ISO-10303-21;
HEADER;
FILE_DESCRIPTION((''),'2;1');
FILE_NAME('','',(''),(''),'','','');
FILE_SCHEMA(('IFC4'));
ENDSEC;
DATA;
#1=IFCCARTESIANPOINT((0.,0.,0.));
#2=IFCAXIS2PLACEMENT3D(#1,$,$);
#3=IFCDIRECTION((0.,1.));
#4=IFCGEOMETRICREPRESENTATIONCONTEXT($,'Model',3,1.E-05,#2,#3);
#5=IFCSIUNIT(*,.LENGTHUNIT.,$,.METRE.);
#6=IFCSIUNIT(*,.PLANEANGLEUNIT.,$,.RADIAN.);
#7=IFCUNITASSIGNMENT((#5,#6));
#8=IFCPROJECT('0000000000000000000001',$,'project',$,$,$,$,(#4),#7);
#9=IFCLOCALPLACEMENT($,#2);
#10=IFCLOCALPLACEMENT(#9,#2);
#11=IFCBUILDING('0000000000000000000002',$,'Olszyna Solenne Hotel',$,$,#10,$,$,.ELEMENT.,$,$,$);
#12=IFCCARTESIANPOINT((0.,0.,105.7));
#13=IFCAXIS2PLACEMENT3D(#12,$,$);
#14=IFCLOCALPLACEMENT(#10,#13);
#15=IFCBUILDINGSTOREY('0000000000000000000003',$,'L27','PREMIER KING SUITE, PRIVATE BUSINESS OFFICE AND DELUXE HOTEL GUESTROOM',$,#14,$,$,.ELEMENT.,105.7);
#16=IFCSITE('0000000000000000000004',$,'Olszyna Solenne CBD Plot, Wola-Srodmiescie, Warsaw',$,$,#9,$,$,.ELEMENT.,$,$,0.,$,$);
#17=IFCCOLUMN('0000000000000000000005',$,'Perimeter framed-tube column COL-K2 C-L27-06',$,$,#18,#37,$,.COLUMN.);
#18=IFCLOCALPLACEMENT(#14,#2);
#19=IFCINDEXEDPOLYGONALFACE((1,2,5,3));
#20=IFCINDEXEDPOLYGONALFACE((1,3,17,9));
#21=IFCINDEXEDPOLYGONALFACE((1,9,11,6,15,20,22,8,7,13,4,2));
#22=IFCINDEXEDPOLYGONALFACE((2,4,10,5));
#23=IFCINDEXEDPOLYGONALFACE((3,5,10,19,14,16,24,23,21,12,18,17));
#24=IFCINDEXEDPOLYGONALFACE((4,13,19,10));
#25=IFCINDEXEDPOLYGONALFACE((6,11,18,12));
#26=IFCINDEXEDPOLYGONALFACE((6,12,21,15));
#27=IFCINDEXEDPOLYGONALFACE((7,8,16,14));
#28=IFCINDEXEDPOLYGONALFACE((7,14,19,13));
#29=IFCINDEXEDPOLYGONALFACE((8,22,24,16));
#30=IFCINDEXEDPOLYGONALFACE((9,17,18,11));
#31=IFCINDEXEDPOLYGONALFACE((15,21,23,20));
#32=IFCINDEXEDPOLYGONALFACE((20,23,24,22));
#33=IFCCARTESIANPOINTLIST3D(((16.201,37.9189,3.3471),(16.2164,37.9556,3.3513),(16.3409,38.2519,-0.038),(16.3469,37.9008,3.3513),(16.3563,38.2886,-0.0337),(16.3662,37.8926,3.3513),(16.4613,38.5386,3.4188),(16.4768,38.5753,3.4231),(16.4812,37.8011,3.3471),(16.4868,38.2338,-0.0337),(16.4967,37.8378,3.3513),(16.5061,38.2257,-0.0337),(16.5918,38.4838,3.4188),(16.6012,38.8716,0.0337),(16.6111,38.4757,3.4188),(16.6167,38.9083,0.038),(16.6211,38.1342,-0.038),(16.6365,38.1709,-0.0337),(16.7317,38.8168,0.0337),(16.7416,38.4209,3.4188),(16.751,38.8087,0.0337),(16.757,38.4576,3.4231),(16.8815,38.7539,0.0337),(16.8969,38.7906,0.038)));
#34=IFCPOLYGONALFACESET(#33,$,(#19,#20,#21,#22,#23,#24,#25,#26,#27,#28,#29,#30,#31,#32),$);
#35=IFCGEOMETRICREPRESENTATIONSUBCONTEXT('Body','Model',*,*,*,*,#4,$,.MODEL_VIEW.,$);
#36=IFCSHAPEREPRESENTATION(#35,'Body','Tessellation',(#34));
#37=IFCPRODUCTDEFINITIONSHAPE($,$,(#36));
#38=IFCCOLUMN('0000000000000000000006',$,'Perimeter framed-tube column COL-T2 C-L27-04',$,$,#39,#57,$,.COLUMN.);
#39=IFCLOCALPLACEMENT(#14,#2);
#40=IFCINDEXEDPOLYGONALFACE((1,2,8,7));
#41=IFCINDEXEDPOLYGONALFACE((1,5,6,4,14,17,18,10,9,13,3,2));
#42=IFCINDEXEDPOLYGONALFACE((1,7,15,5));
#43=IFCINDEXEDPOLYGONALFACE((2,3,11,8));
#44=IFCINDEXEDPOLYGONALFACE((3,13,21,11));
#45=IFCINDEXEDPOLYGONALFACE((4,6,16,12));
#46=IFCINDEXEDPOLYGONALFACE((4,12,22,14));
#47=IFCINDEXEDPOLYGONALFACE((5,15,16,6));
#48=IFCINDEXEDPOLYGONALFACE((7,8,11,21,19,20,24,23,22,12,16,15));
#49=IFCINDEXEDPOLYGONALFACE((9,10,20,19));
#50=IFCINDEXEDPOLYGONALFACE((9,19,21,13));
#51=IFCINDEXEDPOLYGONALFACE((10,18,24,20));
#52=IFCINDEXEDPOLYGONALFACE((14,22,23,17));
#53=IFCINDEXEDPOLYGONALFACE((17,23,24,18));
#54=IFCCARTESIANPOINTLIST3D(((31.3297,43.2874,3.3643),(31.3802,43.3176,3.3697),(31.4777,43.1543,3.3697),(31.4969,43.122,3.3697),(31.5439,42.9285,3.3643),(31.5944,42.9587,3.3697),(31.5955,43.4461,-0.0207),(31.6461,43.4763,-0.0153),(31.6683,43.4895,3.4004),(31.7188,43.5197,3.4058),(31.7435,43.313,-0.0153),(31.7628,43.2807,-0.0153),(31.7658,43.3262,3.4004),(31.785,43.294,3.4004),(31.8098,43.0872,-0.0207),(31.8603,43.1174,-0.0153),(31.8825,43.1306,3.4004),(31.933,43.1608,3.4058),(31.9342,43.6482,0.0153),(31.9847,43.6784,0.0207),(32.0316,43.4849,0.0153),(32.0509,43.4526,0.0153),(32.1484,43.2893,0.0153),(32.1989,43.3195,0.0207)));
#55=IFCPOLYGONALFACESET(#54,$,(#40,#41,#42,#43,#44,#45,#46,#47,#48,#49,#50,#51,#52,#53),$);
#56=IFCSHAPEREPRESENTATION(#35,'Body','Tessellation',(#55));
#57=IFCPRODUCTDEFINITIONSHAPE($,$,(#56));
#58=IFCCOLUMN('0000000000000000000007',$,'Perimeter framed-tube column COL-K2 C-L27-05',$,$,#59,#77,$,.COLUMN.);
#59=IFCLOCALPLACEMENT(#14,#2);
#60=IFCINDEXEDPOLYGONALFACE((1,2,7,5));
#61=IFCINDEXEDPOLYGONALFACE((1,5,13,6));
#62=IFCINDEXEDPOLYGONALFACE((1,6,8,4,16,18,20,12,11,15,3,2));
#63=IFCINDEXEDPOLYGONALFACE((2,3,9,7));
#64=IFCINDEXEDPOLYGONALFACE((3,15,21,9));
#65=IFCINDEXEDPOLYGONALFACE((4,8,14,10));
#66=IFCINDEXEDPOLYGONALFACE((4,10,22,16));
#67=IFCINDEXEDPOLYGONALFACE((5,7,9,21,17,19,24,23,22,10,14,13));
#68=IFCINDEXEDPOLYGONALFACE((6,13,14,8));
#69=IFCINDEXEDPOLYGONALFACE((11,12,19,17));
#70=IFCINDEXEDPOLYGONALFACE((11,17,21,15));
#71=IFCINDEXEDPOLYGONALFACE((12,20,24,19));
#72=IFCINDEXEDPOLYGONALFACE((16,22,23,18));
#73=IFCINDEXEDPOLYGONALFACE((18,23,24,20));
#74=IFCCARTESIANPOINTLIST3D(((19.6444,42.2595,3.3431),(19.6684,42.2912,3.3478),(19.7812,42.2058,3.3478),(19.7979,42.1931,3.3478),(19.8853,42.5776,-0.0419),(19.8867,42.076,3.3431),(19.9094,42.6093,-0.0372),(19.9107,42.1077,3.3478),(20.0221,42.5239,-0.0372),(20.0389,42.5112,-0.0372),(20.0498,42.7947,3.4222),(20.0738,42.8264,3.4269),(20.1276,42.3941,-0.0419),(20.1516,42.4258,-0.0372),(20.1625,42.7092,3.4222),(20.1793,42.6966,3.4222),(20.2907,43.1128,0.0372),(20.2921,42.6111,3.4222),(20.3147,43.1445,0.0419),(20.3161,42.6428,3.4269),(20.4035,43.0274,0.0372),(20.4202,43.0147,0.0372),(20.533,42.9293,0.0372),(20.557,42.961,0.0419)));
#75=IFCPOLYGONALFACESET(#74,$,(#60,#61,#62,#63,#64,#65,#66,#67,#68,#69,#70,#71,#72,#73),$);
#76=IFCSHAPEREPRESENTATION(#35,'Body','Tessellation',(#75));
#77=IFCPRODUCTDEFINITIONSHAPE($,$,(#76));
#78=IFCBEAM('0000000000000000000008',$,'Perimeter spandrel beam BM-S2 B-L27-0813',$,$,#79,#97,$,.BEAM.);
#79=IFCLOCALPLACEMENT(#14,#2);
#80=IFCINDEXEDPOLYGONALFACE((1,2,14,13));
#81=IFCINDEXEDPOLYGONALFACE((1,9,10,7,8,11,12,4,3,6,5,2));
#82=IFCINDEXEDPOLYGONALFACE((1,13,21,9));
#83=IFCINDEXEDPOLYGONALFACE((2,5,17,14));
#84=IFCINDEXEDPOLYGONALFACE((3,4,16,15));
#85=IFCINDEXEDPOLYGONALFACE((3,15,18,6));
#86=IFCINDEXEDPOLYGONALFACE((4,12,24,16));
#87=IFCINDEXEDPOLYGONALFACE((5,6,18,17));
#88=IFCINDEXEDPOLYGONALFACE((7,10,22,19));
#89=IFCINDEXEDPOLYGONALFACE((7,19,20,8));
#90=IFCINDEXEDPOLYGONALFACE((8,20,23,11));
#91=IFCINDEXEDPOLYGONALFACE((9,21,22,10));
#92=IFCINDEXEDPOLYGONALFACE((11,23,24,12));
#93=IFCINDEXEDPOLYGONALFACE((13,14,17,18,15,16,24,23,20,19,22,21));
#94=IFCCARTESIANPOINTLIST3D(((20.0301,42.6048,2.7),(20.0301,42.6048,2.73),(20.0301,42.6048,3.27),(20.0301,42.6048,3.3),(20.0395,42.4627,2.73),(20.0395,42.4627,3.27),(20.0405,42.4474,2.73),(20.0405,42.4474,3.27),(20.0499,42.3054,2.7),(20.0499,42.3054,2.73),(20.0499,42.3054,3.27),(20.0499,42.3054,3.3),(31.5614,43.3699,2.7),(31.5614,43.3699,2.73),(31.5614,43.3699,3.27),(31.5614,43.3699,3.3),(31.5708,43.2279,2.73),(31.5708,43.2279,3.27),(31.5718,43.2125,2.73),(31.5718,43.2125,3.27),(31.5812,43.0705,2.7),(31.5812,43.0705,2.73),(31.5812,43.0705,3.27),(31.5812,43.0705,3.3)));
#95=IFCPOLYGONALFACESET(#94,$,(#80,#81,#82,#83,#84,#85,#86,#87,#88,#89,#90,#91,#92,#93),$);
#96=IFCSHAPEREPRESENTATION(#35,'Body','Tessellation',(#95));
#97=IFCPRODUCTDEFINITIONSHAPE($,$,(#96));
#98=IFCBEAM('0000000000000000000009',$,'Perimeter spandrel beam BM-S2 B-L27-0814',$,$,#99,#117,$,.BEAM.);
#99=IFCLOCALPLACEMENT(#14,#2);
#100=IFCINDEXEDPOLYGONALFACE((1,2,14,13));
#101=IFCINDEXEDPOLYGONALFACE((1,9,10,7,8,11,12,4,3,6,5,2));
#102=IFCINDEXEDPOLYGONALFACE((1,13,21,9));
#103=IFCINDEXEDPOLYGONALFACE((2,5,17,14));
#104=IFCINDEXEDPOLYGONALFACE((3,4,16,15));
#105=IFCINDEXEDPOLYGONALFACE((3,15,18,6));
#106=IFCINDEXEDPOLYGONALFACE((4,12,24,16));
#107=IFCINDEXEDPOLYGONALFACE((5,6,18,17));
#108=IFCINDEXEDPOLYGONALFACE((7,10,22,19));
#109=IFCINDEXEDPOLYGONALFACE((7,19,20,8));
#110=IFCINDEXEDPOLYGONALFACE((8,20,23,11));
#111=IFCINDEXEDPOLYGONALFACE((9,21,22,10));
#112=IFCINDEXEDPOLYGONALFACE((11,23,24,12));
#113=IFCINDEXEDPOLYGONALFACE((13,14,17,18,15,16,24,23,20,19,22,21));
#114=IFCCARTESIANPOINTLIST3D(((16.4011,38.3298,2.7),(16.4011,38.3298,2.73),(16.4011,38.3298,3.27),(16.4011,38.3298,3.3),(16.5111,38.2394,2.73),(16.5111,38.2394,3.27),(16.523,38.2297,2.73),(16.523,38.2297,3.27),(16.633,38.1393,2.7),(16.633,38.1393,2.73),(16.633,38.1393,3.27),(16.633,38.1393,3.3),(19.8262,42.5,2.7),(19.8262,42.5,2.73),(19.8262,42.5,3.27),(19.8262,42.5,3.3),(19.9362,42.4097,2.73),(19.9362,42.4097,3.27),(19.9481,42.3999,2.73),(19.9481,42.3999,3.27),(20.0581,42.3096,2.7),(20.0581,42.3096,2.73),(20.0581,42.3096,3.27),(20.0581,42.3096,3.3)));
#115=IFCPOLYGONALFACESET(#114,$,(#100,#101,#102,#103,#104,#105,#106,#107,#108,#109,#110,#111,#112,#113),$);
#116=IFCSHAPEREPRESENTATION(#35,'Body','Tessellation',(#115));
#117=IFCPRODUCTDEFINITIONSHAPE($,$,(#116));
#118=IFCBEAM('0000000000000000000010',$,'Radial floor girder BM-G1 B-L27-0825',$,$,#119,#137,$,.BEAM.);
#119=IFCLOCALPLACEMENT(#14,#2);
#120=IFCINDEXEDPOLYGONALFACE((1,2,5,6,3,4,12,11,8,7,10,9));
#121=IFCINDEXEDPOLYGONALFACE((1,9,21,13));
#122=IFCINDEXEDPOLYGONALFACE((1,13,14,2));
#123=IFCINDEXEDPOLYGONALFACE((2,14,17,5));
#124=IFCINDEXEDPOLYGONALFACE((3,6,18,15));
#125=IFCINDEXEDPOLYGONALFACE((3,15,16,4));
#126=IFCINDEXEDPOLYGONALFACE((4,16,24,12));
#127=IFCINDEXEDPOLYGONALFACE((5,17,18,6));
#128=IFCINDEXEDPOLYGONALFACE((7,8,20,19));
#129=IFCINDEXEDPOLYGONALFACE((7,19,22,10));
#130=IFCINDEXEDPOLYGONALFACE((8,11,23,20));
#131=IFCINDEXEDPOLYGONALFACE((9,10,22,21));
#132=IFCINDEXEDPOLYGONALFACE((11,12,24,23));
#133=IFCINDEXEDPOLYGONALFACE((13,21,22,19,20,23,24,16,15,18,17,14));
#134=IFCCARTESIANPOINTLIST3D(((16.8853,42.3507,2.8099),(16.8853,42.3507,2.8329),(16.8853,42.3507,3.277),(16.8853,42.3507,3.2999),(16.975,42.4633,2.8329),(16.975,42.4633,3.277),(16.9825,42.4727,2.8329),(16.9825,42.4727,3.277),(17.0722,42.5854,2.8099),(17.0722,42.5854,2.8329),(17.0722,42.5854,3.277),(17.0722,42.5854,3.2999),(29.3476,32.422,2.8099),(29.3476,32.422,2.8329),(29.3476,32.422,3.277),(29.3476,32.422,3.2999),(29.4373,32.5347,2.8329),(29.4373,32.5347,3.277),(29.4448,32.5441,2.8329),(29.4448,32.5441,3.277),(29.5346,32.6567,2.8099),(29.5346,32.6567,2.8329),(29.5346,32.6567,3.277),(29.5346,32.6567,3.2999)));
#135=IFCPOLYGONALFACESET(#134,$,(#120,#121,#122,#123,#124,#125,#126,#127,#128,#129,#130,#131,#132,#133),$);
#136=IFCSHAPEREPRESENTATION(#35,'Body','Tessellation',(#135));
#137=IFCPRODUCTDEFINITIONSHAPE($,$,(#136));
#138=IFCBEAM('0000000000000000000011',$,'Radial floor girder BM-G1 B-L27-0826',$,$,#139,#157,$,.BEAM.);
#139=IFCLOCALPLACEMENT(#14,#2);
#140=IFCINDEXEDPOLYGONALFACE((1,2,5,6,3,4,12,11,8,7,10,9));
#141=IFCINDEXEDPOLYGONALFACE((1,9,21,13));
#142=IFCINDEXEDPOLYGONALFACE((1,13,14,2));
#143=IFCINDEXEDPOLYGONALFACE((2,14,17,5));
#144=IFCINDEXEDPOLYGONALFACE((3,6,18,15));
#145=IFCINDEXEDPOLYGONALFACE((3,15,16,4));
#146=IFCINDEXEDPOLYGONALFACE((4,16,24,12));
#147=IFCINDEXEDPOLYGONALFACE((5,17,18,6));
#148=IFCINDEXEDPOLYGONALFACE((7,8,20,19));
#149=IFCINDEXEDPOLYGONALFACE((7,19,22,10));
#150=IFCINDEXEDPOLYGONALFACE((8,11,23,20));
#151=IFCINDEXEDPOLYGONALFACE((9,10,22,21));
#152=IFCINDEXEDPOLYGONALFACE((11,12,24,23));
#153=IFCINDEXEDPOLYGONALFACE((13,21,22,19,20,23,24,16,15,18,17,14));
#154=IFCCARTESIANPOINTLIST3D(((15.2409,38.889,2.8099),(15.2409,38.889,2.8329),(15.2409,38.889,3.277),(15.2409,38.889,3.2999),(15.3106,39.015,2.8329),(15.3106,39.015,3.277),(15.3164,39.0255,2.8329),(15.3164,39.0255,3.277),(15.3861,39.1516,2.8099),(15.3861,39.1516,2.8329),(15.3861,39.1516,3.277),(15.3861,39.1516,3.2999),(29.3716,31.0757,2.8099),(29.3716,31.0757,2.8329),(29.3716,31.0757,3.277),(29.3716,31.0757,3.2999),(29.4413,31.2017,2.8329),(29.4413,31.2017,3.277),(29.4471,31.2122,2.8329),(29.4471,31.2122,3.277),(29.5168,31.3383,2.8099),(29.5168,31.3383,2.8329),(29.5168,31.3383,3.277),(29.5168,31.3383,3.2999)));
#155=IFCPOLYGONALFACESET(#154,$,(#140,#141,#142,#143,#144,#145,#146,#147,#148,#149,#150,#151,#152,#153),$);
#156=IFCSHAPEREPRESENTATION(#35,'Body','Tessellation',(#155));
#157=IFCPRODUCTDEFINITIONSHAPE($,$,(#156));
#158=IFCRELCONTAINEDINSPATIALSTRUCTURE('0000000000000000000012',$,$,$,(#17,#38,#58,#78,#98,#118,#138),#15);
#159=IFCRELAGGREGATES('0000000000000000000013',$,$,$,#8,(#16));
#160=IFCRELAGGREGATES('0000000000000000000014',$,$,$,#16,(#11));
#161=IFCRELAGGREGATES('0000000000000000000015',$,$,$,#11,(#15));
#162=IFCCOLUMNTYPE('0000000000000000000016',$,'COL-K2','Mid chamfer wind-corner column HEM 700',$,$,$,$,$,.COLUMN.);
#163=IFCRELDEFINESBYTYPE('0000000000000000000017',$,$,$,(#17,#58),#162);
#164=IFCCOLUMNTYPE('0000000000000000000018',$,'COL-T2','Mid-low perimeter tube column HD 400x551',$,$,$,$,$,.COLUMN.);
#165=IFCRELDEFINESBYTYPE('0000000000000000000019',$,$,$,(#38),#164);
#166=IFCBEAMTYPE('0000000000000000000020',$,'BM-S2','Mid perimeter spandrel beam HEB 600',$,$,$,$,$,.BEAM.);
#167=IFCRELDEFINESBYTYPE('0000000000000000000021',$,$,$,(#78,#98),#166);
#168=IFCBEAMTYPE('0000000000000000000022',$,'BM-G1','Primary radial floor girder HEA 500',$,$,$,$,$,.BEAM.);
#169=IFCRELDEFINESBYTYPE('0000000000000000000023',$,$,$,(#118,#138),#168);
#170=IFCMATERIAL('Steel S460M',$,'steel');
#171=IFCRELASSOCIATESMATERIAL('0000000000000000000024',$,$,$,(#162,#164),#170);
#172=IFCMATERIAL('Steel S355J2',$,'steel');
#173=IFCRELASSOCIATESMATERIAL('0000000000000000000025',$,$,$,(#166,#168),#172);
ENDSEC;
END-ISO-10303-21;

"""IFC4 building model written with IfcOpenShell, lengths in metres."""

from ifc_helpers import new_model, si_unit, direction, frame, origin, origin_2d, place, context, subcontext, project, spatial, i_section, extrude, source, transform, mapped, material, material_profile, profile_set, type_object, element, save


model = new_model("IFC4")

# Units and contexts
model_context = context("Model", 3, precision=1e-05, world=origin(), true_north=direction((0.0, 1.0)))
body_context = subcontext(model_context, "Body", "Model", "MODEL_VIEW")
ifc_project = project(units=[si_unit("LENGTHUNIT", "METRE"), si_unit("PLANEANGLEUNIT", "RADIAN")], contexts=[model_context])

# Site, building, storey
site_placement = place(None, origin())
site = spatial("IfcSite", under=ifc_project, at=site_placement, Name="Olszyna Solenne CBD Plot, Wola-Srodmiescie, Warsaw", CompositionType="ELEMENT", RefElevation=0.0)
building_placement = place(site_placement, origin())
building = spatial("IfcBuilding", under=site, at=building_placement, Name="Olszyna Solenne Hotel", CompositionType="ELEMENT")
storey_placement = place(building_placement, frame((0.0, 0.0, 105.7)))
storey = spatial("IfcBuildingStorey", under=building, at=storey_placement, Name="L27", Description="PREMIER KING SUITE, PRIVATE BUSINESS OFFICE AND DELUXE HOTEL GUESTROOM", CompositionType="ELEMENT", Elevation=105.7)

# Columns
ifc_material_1 = material(Name="Steel S460M", Category="steel")
ifc_material_profile_1 = material_profile(ifc_material_1, i_section(OverallWidth=0.304, OverallDepth=0.7161, WebThickness=0.021, FlangeThickness=0.04, at=origin_2d()), Name="HEM 700", Category="load-bearing")
ifc_profile_set_1 = profile_set([ifc_material_profile_1], Name="Steel S460M")
column_type_1 = type_object("IfcColumnType", Name="COL-K2", Description="Mid chamfer wind-corner column HEM 700", PredefinedType="COLUMN", material=ifc_profile_set_1)
shared_shape_1 = source(origin(), body_context, "Body", "SweptSolid", [
    extrude(i_section(OverallWidth=0.304, OverallDepth=0.7161, WebThickness=0.021, FlangeThickness=0.04, at=origin_2d()), origin(), (0.0, 0.0, 1.0), 3.4043),
])
column_1_placement = place(storey_placement, frame((16.6189, 38.5212, 0.0), z_axis=(-0.041094, -0.097822, 0.994355), x_axis=(0.921953, -0.387301, 0.0)))
element("IfcColumn", 1, at=column_1_placement, inside=storey, type_object=column_type_1, Name="Perimeter framed-tube column COL-K2 C-L27-06", PredefinedType="COLUMN", context=body_context, shape_type="MappedRepresentation", body=[
    mapped(shared_shape_1, transform((0.0, 0.0, 0.0), x_axis=(1.0, 0.0, 0.0), y_axis=(0.0, 1.0, 0.0), z_axis=(0.0, 0.0, 1.0), scale=1.0)),
])
ifc_material_profile_2 = material_profile(ifc_material_1, i_section(OverallWidth=0.418, OverallDepth=0.4551, WebThickness=0.0376, FlangeThickness=0.0591, at=origin_2d()), Name="HD 400x551", Category="load-bearing")
ifc_profile_set_2 = profile_set([ifc_material_profile_2], Name="Steel S460M")
column_type_2 = type_object("IfcColumnType", Name="COL-T2", Description="Mid-low perimeter tube column HD 400x551", PredefinedType="COLUMN", material=ifc_profile_set_2)
shared_shape_2 = source(origin(), body_context, "Body", "SweptSolid", [
    extrude(i_section(OverallWidth=0.418, OverallDepth=0.4551, WebThickness=0.0376, FlangeThickness=0.0591, at=origin_2d()), origin(), (0.0, 0.0, 1.0), 3.3992),
])
column_2_placement = place(storey_placement, frame((31.8972, 43.3828, 0.0), z_axis=(-0.078217, -0.046686, 0.995843), x_axis=(0.512523, -0.858673, 0.0)))
element("IfcColumn", 2, at=column_2_placement, inside=storey, type_object=column_type_2, Name="Perimeter framed-tube column COL-T2 C-L27-04", PredefinedType="COLUMN", context=body_context, shape_type="MappedRepresentation", body=[
    mapped(shared_shape_2, transform((0.0, 0.0, 0.0), x_axis=(1.0, 0.0, 0.0), y_axis=(0.0, 1.0, 0.0), z_axis=(0.0, 0.0, 1.0), scale=1.0)),
])
shared_shape_3 = source(origin(), body_context, "Body", "SweptSolid", [
    extrude(i_section(OverallWidth=0.304, OverallDepth=0.7161, WebThickness=0.021, FlangeThickness=0.04, at=origin_2d()), origin(), (0.0, 0.0, 1.0), 3.4084),
])
column_3_placement = place(storey_placement, frame((20.2212, 42.7693, 0.0), z_axis=(-0.070697, -0.093331, 0.993122), x_axis=(0.797128, -0.603811, 0.0)))
element("IfcColumn", 3, at=column_3_placement, inside=storey, type_object=column_type_1, Name="Perimeter framed-tube column COL-K2 C-L27-05", PredefinedType="COLUMN", context=body_context, shape_type="MappedRepresentation", body=[
    mapped(shared_shape_3, transform((0.0, 0.0, 0.0), x_axis=(1.0, 0.0, 0.0), y_axis=(0.0, 1.0, 0.0), z_axis=(0.0, 0.0, 1.0), scale=1.0)),
])

# Beams
ifc_material_2 = material(Name="Steel S355J2", Category="steel")
ifc_material_profile_3 = material_profile(ifc_material_2, i_section(OverallWidth=0.3, OverallDepth=0.6001, WebThickness=0.0154, FlangeThickness=0.03, at=origin_2d()), Name="HEB 600", Category="load-bearing")
ifc_profile_set_3 = profile_set([ifc_material_profile_3], Name="Steel S355J2")
beam_type_1 = type_object("IfcBeamType", Name="BM-S2", Description="Mid perimeter spandrel beam HEB 600", PredefinedType="BEAM", material=ifc_profile_set_3)
shared_shape_4 = source(origin(), body_context, "Body", "SweptSolid", [
    extrude(i_section(OverallWidth=0.3, OverallDepth=0.6001, WebThickness=0.0154, FlangeThickness=0.03, at=origin_2d()), origin(), (0.0, 0.0, 1.0), 11.5566),
])
beam_1_placement = place(storey_placement, frame((31.5713, 43.2202, 3.0), z_axis=(-0.997806, -0.066208, 0.0), x_axis=(0.066208, -0.997806, 0.0)))
element("IfcBeam", 4, at=beam_1_placement, inside=storey, type_object=beam_type_1, Name="Perimeter spandrel beam BM-S2 B-L27-0813", PredefinedType="BEAM", context=body_context, shape_type="MappedRepresentation", body=[
    mapped(shared_shape_4, transform((0.0, 0.0, 0.0), x_axis=(1.0, 0.0, 0.0), y_axis=(0.0, 1.0, 0.0), z_axis=(0.0, 0.0, 1.0), scale=1.0)),
])
shared_shape_5 = source(origin(), body_context, "Body", "SweptSolid", [
    extrude(i_section(OverallWidth=0.3, OverallDepth=0.6001, WebThickness=0.0154, FlangeThickness=0.03, at=origin_2d()), origin(), (0.0, 0.0, 1.0), 5.3965),
])
beam_2_placement = place(storey_placement, frame((19.9421, 42.4048, 3.0), z_axis=(-0.63469, -0.772767, 0.0), x_axis=(0.772767, -0.63469, 0.0)))
element("IfcBeam", 5, at=beam_2_placement, inside=storey, type_object=beam_type_1, Name="Perimeter spandrel beam BM-S2 B-L27-0814", PredefinedType="BEAM", context=body_context, shape_type="MappedRepresentation", body=[
    mapped(shared_shape_5, transform((0.0, 0.0, 0.0), x_axis=(1.0, 0.0, 0.0), y_axis=(0.0, 1.0, 0.0), z_axis=(0.0, 0.0, 1.0), scale=1.0)),
])
ifc_material_profile_4 = material_profile(ifc_material_2, i_section(OverallWidth=0.3, OverallDepth=0.49, WebThickness=0.012, FlangeThickness=0.0229, at=origin_2d()), Name="HEA 500", Category="load-bearing")
ifc_profile_set_4 = profile_set([ifc_material_profile_4], Name="Steel S355J2")
beam_type_2 = type_object("IfcBeamType", Name="BM-G1", Description="Primary radial floor girder HEA 500", PredefinedType="BEAM", material=ifc_profile_set_4)
shared_shape_6 = source(origin(), body_context, "Body", "SweptSolid", [
    extrude(i_section(OverallWidth=0.3, OverallDepth=0.49, WebThickness=0.012, FlangeThickness=0.0229, at=origin_2d()), origin(), (0.0, 0.0, 1.0), 15.9338),
])
beam_3_placement = place(storey_placement, frame((16.9788, 42.468, 3.0549), z_axis=(0.782129, -0.623117, 0.0), x_axis=(0.623117, 0.782129, 0.0)))
element("IfcBeam", 6, at=beam_3_placement, inside=storey, type_object=beam_type_2, Name="Radial floor girder BM-G1 B-L27-0825", PredefinedType="BEAM", context=body_context, shape_type="MappedRepresentation", body=[
    mapped(shared_shape_6, transform((0.0, 0.0, 0.0), x_axis=(1.0, 0.0, 0.0), y_axis=(0.0, 1.0, 0.0), z_axis=(0.0, 0.0, 1.0), scale=1.0)),
])
shared_shape_7 = source(origin(), body_context, "Body", "SweptSolid", [
    extrude(i_section(OverallWidth=0.3, OverallDepth=0.49, WebThickness=0.012, FlangeThickness=0.0229, at=origin_2d()), origin(), (0.0, 0.0, 1.0), 16.147),
])
beam_4_placement = place(storey_placement, frame((15.3135, 39.0203, 3.0549), z_axis=(0.875131, -0.483886, 0.0), x_axis=(0.483886, 0.875131, 0.0)))
element("IfcBeam", 7, at=beam_4_placement, inside=storey, type_object=beam_type_2, Name="Radial floor girder BM-G1 B-L27-0826", PredefinedType="BEAM", context=body_context, shape_type="MappedRepresentation", body=[
    mapped(shared_shape_7, transform((0.0, 0.0, 0.0), x_axis=(1.0, 0.0, 0.0), y_axis=(0.0, 1.0, 0.0), z_axis=(0.0, 0.0, 1.0), scale=1.0)),
])

save(model, "model.ifc")
